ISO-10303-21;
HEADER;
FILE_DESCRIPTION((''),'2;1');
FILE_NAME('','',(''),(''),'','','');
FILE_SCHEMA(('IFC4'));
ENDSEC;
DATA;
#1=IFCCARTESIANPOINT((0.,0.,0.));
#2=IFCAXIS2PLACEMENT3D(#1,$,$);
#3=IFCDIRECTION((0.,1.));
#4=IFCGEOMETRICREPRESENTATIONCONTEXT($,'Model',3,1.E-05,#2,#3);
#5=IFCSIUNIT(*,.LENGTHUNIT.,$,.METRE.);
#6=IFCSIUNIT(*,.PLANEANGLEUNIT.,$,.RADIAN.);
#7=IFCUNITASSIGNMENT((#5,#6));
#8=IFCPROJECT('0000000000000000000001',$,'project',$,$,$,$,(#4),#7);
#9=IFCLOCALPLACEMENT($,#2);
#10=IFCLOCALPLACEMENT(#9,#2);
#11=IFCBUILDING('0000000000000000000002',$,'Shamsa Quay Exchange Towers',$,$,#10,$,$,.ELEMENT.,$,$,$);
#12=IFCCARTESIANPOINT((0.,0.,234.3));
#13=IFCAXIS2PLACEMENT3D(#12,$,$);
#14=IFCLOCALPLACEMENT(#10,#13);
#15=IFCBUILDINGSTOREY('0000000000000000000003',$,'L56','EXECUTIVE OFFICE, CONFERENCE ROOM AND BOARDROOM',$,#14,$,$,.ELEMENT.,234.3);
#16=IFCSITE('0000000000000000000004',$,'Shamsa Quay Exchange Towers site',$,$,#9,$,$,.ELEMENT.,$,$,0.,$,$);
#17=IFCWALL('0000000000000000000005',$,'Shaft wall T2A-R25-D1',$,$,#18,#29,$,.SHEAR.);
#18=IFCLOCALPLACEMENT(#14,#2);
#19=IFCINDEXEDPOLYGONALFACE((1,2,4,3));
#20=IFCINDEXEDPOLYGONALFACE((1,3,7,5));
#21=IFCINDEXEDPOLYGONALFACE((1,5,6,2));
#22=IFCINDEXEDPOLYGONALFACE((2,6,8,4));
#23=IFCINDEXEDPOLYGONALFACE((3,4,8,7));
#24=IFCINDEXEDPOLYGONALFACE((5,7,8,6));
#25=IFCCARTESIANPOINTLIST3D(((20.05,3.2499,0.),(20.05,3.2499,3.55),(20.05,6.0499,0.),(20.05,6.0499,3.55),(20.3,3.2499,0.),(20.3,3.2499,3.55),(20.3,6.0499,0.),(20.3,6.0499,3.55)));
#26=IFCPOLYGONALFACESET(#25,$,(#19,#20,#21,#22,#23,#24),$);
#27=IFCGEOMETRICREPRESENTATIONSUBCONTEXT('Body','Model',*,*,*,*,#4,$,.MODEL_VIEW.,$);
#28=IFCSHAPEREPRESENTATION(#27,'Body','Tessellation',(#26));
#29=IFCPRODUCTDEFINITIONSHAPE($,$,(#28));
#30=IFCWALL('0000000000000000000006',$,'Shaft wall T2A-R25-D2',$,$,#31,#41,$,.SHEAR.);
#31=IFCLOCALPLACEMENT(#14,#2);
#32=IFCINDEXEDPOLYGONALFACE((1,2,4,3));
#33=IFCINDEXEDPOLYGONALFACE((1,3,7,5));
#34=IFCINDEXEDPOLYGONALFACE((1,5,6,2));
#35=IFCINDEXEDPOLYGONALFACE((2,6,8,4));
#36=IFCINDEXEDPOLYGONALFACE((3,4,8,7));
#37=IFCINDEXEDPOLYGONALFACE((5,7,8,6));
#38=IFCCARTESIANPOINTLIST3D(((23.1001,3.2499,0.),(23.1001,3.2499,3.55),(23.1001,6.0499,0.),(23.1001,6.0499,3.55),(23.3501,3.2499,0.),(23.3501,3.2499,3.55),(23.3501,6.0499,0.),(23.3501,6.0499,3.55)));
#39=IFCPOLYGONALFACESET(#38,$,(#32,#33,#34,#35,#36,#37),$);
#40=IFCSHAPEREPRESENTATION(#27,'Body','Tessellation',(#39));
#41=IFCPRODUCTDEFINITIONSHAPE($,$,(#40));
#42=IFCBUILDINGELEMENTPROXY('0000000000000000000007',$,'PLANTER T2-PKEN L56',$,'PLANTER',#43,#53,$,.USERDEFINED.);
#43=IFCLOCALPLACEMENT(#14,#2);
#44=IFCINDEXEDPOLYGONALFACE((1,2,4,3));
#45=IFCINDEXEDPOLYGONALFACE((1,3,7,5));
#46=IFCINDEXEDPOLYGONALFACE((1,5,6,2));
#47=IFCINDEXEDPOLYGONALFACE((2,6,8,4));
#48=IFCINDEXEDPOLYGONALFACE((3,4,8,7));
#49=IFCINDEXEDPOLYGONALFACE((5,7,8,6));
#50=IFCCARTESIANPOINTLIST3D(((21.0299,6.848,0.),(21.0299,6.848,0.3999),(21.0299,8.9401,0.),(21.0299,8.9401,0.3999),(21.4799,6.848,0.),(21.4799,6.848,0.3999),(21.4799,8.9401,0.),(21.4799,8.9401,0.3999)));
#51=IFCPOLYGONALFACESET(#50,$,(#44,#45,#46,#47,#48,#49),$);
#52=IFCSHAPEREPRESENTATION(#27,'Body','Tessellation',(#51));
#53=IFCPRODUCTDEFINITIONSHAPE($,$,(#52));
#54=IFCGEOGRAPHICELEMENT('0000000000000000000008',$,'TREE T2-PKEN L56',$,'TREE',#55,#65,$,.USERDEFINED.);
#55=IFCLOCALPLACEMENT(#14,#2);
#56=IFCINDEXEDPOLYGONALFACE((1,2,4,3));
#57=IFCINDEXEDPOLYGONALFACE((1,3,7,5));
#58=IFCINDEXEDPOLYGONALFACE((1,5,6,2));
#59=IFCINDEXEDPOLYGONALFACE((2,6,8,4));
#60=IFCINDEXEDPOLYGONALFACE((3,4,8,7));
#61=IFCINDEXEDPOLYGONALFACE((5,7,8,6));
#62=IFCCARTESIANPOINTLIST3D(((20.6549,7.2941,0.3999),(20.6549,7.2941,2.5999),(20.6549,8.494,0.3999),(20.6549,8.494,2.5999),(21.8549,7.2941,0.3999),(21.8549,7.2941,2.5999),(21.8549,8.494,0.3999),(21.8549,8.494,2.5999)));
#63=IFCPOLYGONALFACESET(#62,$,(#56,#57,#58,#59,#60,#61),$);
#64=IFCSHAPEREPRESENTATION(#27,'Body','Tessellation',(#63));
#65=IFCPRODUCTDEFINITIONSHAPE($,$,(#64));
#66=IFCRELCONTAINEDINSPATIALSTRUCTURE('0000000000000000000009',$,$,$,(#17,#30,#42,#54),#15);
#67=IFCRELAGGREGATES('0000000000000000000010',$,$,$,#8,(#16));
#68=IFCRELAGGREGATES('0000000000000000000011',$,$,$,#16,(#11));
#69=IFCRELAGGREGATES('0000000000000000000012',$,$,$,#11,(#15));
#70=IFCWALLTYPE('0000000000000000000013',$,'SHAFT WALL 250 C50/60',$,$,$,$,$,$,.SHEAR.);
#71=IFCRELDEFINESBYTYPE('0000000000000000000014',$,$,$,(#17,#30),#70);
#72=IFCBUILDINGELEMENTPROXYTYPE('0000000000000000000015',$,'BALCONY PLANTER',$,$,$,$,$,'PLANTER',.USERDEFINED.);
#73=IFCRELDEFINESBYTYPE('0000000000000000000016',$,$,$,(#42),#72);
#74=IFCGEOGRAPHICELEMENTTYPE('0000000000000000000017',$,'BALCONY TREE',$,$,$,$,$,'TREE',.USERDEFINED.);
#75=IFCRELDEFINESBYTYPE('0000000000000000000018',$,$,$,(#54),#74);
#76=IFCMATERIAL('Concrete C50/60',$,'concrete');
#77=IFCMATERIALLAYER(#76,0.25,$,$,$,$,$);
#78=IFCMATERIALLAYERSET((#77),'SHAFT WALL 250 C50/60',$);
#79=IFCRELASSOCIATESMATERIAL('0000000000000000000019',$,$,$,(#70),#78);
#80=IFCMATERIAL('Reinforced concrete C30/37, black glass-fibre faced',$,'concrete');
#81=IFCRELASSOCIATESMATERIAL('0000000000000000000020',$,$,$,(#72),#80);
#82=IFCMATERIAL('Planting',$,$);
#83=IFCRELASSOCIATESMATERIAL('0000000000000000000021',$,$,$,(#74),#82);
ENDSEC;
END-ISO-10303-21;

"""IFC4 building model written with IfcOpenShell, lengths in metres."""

from ifc_helpers import new_model, si_unit, direction, frame, frame_2d, origin, origin_2d, place, context, subcontext, project, spatial, rectangle, extrude, material, layer, layer_set, type_object, element, save


model = new_model("IFC4")

# Units and contexts
model_context = context("Model", 3, precision=1e-05, world=origin(), true_north=direction((0.0, 1.0)))
body_context = subcontext(model_context, "Body", "Model", "MODEL_VIEW")
ifc_project = project(units=[si_unit("LENGTHUNIT", "METRE"), si_unit("PLANEANGLEUNIT", "RADIAN")], contexts=[model_context])

# Site, building, storey
site_placement = place(None, origin())
site = spatial("IfcSite", under=ifc_project, at=site_placement, Name="Shamsa Quay Exchange Towers site", CompositionType="ELEMENT", RefElevation=0.0)
building_placement = place(site_placement, origin())
building = spatial("IfcBuilding", under=site, at=building_placement, Name="Shamsa Quay Exchange Towers", CompositionType="ELEMENT")
storey_placement = place(building_placement, frame((0.0, 0.0, 234.3)))
storey = spatial("IfcBuildingStorey", under=building, at=storey_placement, Name="L56", Description="EXECUTIVE OFFICE, CONFERENCE ROOM AND BOARDROOM", CompositionType="ELEMENT", Elevation=234.3)

# Shared definitions
ifc_material_1 = material(Name="Concrete C50/60", Category="concrete")
ifc_layer_1 = layer(ifc_material_1, 0.25)
ifc_layer_set_1 = layer_set([ifc_layer_1], Name="SHAFT WALL 250 C50/60")
wall_type_1 = type_object("IfcWallType", Name="SHAFT WALL 250 C50/60", PredefinedType="SHEAR", material=ifc_layer_set_1)

# Walls
for number, where, z_axis, x_axis, name in (
    (1, (20.175, 3.25, 0.0), (0.0, 0.0, 1.0), (0.0, 1.0, 0.0), "Shaft wall T2A-R25-D1"),
    (2, (23.2251, 3.25, 0.0), (0.0, 0.0, 1.0), (0.0, 1.0, 0.0), "Shaft wall T2A-R25-D2"),
):
    element("IfcWall", number, at=place(storey_placement, frame(where, z_axis=z_axis, x_axis=x_axis)), inside=storey, type_object=wall_type_1, Name=name, PredefinedType="SHEAR", context=body_context, shape_type="SweptSolid", body=[
        extrude(rectangle(XDim=2.8, YDim=0.25, at=frame_2d((1.3999, 0.0))), origin(), (0.0, 0.0, 1.0), 3.55),
    ])

# Building element proxy
ifc_material_2 = material(Name="Reinforced concrete C30/37, black glass-fibre faced", Category="concrete")
building_element_proxy_type = type_object("IfcBuildingElementProxyType", Name="BALCONY PLANTER", ElementType="PLANTER", PredefinedType="USERDEFINED", material=ifc_material_2)
proxy_placement = place(storey_placement, frame((21.2549, 7.894, 0.0), z_axis=(0.0, 0.0, 1.0), x_axis=(0.0, -1.0, 0.0)))
element("IfcBuildingElementProxy", 3, at=proxy_placement, inside=storey, type_object=building_element_proxy_type, Name="PLANTER T2-PKEN L56", ObjectType="PLANTER", PredefinedType="USERDEFINED", context=body_context, shape_type="SweptSolid", body=[
    extrude(rectangle(XDim=2.092, YDim=0.45, at=origin_2d()), origin(), (0.0, 0.0, 1.0), 0.3999),
])

# Geographic element
ifc_material_3 = material(Name="Planting")
geographic_element_type = type_object("IfcGeographicElementType", Name="BALCONY TREE", ElementType="TREE", PredefinedType="USERDEFINED", material=ifc_material_3)
geographic_element_placement = place(storey_placement, frame((21.2549, 7.894, 0.3999), z_axis=(0.0, 0.0, 1.0), x_axis=(0.0, -1.0, 0.0)))
element("IfcGeographicElement", 4, at=geographic_element_placement, inside=storey, type_object=geographic_element_type, Name="TREE T2-PKEN L56", ObjectType="TREE", PredefinedType="USERDEFINED", context=body_context, shape_type="SweptSolid", body=[
    extrude(rectangle(XDim=1.2, YDim=1.2, at=origin_2d()), origin(), (0.0, 0.0, 1.0), 2.2),
])

save(model, "model.ifc")
